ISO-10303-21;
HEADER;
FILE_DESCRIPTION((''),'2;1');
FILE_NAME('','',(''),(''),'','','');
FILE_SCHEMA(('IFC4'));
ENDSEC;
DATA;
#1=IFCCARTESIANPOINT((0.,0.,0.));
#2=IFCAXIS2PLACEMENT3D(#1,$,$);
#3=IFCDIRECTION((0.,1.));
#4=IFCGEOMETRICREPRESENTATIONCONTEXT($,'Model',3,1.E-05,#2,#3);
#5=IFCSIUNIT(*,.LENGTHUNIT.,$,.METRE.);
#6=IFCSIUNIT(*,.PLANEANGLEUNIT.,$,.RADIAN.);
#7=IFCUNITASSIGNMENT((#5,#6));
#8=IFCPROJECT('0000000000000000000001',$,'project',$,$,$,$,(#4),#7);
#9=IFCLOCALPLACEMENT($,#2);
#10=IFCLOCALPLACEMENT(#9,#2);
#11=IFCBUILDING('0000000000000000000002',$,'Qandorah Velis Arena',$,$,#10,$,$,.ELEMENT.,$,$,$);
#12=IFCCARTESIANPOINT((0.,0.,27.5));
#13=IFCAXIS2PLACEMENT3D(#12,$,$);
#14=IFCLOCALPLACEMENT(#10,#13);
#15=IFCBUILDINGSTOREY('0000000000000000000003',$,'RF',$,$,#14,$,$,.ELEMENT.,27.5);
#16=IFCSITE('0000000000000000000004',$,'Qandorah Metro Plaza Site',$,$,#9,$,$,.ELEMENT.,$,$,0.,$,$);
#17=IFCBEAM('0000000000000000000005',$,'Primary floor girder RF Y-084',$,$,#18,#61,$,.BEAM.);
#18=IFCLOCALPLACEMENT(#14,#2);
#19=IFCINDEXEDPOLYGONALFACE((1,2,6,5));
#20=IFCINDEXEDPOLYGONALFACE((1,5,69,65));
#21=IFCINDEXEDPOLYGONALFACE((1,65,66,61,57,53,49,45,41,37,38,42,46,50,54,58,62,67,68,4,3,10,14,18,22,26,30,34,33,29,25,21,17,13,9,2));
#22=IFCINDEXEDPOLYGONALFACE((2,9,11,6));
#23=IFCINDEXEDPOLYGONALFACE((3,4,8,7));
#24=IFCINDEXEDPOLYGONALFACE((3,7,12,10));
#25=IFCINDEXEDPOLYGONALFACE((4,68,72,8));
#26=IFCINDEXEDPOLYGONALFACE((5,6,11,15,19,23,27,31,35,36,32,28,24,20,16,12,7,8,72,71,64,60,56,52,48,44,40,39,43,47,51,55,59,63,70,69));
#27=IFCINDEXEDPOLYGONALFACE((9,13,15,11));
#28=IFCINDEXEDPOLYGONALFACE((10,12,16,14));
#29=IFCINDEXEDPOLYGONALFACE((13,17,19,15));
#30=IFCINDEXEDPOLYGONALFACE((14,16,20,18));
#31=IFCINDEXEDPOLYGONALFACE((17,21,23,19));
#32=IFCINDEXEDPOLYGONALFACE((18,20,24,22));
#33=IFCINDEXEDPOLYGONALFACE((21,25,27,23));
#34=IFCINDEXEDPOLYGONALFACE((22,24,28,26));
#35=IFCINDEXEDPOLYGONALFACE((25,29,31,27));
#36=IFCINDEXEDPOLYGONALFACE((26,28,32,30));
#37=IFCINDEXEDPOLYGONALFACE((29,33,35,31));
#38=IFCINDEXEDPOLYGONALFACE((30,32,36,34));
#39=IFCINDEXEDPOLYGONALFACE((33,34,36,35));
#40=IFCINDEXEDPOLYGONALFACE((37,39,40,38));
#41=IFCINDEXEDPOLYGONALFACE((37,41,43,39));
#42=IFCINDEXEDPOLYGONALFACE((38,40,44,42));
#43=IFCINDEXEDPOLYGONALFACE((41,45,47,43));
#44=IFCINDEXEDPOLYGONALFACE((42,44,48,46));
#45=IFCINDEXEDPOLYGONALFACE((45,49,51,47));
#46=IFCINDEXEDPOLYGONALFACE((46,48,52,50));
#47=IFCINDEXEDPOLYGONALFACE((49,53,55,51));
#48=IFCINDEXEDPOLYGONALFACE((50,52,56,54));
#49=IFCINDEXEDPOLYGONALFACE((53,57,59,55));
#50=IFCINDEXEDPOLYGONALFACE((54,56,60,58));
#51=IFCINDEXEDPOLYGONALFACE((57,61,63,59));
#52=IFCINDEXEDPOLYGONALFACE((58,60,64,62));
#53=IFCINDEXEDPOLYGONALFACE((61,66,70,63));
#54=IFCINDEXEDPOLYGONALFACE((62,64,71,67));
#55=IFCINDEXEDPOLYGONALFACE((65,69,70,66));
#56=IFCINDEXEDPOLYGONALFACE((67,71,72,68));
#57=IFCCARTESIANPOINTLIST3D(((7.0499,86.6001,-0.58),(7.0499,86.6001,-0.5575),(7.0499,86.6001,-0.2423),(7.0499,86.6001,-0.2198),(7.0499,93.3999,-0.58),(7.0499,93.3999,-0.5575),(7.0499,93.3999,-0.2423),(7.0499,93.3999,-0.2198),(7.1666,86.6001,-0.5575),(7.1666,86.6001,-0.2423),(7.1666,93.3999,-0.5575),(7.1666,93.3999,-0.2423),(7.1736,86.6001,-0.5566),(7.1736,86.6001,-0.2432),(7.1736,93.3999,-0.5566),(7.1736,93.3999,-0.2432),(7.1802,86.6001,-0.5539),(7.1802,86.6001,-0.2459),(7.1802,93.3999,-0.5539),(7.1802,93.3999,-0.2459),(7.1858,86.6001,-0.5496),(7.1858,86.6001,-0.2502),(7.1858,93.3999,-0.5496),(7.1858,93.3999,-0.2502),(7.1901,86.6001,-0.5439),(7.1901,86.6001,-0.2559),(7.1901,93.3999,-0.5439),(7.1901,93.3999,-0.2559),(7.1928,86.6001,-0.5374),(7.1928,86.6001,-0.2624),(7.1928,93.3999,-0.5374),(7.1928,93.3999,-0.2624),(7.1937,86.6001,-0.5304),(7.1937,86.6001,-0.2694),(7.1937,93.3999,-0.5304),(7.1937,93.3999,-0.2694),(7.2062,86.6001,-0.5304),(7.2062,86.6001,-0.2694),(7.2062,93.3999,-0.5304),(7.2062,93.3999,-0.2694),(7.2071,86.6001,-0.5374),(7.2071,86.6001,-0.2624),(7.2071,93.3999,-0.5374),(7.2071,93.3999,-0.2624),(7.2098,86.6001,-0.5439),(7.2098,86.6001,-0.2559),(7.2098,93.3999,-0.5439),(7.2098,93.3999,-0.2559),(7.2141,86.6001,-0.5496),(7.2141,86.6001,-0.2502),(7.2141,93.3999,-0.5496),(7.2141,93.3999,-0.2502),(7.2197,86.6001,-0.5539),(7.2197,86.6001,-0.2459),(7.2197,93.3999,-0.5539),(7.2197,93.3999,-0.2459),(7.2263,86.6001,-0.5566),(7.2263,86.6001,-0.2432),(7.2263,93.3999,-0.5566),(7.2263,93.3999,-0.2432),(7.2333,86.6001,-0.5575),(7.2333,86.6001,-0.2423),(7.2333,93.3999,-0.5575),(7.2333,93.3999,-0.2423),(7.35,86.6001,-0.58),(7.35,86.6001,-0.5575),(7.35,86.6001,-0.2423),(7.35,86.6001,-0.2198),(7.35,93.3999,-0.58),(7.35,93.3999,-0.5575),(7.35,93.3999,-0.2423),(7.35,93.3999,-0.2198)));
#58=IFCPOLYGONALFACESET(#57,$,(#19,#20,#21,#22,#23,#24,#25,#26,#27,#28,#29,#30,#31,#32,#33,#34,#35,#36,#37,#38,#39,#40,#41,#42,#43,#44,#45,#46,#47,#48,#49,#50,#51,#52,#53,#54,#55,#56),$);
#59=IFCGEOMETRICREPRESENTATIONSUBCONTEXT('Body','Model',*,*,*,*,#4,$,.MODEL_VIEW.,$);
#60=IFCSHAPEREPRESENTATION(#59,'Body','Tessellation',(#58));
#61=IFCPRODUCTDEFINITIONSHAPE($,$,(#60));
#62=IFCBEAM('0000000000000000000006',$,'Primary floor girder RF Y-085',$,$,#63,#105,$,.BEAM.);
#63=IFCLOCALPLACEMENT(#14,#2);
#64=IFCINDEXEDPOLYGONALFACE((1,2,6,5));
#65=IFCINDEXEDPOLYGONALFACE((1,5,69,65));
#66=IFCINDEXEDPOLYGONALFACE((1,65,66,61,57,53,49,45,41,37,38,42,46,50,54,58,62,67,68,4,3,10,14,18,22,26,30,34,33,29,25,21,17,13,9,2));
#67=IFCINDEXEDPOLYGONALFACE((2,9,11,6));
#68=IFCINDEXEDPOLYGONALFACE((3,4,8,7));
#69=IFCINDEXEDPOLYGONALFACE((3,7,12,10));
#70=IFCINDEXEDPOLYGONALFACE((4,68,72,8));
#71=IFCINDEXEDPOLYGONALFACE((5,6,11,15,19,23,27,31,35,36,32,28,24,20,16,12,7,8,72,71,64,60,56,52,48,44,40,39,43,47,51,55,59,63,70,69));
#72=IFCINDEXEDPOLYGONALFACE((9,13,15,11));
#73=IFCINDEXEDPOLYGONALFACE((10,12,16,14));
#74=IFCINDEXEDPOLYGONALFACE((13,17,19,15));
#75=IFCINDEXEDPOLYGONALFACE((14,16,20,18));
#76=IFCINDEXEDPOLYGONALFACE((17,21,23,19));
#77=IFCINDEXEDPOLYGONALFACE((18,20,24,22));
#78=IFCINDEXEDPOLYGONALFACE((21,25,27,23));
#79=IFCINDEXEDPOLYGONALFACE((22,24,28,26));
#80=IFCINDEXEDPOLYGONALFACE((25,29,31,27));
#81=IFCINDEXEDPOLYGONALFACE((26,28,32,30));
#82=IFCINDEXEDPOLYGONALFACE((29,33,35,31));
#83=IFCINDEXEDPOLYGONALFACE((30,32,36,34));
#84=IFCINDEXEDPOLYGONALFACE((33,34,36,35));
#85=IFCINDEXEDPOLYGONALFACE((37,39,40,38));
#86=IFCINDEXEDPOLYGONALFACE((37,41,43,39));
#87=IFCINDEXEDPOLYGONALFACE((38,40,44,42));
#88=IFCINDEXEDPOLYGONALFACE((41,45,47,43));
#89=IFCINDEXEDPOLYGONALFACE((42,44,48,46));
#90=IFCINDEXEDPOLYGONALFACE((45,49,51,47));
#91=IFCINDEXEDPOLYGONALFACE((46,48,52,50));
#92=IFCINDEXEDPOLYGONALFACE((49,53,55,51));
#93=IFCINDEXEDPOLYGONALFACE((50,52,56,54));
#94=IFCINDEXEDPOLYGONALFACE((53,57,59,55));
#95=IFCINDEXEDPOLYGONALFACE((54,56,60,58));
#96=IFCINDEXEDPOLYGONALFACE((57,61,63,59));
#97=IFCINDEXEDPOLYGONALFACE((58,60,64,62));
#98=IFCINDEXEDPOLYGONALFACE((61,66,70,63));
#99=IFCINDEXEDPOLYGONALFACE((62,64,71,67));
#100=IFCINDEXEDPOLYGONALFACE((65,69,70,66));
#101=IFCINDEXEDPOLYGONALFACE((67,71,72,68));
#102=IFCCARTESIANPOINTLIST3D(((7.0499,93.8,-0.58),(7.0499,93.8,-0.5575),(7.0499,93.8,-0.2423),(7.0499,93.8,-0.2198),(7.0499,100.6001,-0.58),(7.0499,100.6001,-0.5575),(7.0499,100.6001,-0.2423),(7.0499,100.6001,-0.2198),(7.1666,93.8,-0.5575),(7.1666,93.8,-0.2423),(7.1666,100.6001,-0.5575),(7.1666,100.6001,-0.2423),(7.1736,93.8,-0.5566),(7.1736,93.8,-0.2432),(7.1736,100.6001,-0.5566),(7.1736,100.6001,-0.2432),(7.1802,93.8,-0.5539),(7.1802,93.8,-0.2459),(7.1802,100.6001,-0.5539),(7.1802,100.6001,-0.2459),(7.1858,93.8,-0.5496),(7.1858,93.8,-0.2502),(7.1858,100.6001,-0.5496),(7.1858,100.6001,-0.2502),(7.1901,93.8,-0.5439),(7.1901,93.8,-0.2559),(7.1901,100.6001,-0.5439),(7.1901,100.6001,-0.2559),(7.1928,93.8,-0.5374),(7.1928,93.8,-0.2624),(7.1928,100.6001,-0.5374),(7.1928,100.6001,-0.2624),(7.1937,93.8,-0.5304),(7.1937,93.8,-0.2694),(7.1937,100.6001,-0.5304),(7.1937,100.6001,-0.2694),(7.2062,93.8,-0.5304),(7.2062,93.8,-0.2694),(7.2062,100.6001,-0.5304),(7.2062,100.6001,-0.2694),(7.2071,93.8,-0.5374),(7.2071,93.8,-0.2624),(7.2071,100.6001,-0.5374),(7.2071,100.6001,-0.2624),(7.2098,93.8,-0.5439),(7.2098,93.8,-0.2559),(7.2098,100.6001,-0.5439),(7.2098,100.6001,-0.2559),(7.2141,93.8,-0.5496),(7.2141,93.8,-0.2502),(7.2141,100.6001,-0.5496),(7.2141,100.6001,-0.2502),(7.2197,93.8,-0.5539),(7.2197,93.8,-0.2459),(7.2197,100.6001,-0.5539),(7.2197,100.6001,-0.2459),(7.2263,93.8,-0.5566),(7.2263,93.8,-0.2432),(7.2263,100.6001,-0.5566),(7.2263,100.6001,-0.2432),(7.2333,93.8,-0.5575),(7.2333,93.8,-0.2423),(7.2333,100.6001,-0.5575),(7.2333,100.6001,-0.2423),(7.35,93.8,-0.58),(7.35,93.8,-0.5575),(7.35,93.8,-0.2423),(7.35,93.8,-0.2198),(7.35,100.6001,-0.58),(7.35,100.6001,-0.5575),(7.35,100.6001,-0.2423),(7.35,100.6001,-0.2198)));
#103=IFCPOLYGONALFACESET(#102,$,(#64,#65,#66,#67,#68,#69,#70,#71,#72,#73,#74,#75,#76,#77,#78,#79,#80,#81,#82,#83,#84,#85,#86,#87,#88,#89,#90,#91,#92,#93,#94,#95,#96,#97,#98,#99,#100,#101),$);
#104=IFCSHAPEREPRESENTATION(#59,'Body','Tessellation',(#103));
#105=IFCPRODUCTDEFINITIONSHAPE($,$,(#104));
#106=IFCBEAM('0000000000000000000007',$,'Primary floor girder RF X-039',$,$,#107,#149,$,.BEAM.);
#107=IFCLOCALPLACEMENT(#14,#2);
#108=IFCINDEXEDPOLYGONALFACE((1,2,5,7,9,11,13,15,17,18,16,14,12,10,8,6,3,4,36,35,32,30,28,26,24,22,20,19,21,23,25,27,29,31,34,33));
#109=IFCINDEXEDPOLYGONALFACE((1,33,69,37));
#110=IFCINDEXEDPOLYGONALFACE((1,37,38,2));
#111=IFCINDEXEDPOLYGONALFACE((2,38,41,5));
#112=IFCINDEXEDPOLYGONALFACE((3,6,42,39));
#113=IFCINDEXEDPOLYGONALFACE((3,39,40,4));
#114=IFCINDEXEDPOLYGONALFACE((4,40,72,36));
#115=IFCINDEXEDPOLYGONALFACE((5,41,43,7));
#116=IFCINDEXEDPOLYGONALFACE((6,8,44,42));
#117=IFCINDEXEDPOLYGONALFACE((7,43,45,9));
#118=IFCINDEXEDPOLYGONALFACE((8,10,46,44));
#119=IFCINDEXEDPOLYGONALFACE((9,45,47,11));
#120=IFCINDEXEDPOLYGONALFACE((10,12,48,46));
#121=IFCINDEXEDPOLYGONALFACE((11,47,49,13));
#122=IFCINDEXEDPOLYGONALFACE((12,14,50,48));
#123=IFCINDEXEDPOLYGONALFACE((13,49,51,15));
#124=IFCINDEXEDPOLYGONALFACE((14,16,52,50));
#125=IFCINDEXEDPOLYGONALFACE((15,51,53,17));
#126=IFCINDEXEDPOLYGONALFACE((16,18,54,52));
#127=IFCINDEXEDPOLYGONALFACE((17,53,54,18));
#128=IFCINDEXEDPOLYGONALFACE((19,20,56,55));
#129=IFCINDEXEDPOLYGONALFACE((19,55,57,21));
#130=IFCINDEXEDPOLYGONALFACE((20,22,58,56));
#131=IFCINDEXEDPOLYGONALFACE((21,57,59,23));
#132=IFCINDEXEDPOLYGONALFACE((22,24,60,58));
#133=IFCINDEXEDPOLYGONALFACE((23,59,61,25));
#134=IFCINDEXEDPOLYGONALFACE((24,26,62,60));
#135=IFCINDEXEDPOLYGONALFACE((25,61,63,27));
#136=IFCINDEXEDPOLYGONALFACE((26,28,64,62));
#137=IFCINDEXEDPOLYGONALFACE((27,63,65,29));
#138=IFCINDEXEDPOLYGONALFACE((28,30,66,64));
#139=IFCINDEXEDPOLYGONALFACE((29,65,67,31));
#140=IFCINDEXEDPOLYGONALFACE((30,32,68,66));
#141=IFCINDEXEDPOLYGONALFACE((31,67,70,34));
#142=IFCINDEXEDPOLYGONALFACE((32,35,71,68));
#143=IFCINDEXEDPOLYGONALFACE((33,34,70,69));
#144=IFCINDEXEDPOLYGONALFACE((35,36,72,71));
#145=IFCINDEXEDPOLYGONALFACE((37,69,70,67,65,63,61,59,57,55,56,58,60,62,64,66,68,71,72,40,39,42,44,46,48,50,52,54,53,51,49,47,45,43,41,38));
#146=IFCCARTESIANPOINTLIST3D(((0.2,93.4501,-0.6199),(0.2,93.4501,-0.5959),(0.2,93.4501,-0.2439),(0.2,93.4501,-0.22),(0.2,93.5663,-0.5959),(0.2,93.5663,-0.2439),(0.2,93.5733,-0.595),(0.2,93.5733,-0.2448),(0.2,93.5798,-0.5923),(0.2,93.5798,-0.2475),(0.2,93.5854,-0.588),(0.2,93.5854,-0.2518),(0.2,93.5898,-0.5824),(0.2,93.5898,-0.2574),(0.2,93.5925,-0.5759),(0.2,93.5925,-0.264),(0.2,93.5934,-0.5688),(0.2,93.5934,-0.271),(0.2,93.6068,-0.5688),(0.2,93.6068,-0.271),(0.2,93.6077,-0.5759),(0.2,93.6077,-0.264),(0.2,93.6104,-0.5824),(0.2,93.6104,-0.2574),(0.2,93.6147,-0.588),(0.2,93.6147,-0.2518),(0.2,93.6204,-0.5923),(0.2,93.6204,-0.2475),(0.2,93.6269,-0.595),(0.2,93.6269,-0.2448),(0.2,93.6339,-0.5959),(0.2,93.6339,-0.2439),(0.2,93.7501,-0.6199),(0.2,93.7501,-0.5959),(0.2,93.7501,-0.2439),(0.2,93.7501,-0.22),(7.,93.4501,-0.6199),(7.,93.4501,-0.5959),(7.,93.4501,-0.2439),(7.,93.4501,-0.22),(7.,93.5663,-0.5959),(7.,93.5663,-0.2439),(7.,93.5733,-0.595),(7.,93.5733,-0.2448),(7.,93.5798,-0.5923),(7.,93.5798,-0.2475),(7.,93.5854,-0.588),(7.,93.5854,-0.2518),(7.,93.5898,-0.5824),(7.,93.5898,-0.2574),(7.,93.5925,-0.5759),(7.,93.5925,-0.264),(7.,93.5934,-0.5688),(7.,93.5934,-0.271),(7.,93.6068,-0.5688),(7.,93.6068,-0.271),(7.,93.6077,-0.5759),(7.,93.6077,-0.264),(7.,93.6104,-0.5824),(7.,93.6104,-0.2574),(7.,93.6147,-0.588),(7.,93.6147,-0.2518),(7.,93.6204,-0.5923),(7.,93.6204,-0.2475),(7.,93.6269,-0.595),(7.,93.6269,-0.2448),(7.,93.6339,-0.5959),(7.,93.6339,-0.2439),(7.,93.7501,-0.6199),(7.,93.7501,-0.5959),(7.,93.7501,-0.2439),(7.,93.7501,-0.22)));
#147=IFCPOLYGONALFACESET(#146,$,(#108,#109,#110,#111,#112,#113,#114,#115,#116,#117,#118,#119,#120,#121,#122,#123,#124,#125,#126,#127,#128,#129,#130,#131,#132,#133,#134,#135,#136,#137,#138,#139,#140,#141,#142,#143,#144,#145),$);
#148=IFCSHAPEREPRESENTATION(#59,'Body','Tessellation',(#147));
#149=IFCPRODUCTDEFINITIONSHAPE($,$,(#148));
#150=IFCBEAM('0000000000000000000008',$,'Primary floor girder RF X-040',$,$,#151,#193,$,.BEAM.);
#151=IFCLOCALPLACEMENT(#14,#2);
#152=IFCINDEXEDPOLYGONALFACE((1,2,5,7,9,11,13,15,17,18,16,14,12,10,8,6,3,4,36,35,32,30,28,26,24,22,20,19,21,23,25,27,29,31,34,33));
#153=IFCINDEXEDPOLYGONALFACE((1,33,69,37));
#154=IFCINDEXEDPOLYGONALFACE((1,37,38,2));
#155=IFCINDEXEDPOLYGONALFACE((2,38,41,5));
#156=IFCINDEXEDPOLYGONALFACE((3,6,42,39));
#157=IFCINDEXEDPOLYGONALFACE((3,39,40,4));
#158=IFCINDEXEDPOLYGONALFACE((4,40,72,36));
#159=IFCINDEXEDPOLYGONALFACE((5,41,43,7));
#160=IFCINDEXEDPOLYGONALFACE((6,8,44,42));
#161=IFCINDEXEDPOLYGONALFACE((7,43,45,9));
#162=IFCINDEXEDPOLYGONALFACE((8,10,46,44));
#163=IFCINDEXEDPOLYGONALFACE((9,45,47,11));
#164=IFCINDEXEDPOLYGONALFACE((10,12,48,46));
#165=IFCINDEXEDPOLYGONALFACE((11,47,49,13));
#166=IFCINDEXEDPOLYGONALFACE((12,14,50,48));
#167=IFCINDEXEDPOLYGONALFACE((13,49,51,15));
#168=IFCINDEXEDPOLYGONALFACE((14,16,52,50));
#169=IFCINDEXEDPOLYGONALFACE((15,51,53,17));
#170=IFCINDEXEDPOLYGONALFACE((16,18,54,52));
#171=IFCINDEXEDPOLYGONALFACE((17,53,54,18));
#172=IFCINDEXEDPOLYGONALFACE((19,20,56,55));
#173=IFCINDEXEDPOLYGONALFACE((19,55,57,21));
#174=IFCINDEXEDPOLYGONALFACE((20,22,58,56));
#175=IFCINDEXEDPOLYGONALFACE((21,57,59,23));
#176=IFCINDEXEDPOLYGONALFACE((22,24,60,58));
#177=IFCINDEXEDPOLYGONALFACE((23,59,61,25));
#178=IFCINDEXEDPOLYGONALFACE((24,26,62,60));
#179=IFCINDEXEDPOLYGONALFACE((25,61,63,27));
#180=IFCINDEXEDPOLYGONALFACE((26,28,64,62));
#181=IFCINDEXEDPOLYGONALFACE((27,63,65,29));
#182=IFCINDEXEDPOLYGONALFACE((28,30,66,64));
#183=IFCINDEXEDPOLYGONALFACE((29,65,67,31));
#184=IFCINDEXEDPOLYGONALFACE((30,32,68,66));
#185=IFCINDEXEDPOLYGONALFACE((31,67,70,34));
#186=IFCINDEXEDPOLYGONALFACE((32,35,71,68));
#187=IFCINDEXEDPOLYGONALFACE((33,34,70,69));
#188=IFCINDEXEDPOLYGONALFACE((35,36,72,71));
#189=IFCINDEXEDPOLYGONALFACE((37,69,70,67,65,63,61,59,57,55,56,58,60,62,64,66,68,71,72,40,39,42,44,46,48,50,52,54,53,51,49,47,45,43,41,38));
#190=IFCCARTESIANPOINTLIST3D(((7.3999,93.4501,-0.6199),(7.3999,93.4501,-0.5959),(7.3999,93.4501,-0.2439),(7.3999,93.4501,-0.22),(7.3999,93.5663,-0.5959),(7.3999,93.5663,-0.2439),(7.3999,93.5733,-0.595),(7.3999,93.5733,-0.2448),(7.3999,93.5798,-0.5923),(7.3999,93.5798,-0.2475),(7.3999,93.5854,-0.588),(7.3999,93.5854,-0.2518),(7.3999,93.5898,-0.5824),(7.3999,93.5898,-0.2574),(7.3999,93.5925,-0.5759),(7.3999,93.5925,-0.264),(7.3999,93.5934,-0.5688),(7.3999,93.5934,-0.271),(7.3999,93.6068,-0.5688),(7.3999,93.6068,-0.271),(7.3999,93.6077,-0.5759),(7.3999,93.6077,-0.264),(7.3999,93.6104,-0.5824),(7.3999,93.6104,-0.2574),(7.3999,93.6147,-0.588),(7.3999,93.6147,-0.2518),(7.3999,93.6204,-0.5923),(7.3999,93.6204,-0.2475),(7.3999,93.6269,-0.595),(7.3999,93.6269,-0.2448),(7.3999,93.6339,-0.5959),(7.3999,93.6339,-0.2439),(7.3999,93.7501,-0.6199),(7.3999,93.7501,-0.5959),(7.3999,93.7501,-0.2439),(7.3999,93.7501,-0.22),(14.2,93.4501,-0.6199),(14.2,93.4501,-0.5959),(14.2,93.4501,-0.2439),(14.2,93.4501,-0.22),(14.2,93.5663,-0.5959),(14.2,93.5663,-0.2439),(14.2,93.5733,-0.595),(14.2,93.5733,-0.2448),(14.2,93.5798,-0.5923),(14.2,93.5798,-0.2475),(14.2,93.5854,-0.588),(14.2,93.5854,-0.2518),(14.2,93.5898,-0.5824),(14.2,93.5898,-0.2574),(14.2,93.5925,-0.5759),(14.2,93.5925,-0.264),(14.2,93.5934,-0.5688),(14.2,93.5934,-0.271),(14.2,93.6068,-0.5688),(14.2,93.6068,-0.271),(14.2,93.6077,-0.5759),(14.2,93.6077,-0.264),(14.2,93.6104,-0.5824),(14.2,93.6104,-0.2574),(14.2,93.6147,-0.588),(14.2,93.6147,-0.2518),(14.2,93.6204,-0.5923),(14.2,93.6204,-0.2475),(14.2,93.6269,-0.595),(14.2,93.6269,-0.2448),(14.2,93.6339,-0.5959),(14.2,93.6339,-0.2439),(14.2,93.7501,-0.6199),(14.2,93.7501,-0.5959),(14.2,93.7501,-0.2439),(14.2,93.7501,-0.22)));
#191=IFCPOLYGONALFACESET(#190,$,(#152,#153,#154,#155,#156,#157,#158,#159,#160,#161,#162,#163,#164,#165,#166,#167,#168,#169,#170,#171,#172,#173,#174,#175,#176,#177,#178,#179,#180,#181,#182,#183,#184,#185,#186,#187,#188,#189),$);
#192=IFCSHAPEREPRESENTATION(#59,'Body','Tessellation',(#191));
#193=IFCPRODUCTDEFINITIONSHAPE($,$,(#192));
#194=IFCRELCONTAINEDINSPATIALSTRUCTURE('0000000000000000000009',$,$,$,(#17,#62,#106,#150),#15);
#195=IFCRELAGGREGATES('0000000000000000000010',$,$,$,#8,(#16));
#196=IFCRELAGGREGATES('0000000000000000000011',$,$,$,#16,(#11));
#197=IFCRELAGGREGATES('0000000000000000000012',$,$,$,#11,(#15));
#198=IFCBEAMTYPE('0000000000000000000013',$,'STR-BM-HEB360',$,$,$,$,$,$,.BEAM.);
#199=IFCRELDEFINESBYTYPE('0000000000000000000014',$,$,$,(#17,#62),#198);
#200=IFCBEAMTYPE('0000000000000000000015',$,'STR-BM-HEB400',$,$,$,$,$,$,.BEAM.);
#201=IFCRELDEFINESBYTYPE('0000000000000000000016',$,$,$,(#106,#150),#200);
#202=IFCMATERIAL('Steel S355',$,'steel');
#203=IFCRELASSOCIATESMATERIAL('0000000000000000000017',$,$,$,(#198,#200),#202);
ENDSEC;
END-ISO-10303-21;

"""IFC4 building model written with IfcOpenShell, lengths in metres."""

from ifc_helpers import new_model, si_unit, direction, frame, origin, origin_2d, place, context, subcontext, project, spatial, i_section, extrude, material, material_profile, profile_set, type_object, element, save


model = new_model("IFC4")

# Units and contexts
model_context = context("Model", 3, precision=1e-05, world=origin(), true_north=direction((0.0, 1.0)))
body_context = subcontext(model_context, "Body", "Model", "MODEL_VIEW")
ifc_project = project(units=[si_unit("LENGTHUNIT", "METRE"), si_unit("PLANEANGLEUNIT", "RADIAN")], contexts=[model_context])

# Site, building, storey
site_placement = place(None, origin())
site = spatial("IfcSite", under=ifc_project, at=site_placement, Name="Qandorah Metro Plaza Site", CompositionType="ELEMENT", RefElevation=0.0)
building_placement = place(site_placement, origin())
building = spatial("IfcBuilding", under=site, at=building_placement, Name="Qandorah Velis Arena", CompositionType="ELEMENT")
storey_placement = place(building_placement, frame((0.0, 0.0, 27.5)))
storey = spatial("IfcBuildingStorey", under=building, at=storey_placement, Name="RF", CompositionType="ELEMENT", Elevation=27.5)

# Beams
ifc_material_1 = material(Name="Steel S355", Category="steel")
ifc_material_profile_1 = material_profile(ifc_material_1, i_section(OverallWidth=0.3, OverallDepth=0.3601, WebThickness=0.0125, FlangeThickness=0.0225, FilletRadius=0.0271, at=origin_2d()), Name="HEB 360")
ifc_profile_set_1 = profile_set([ifc_material_profile_1], Name="Steel S355")
beam_type_1 = type_object("IfcBeamType", Name="STR-BM-HEB360", PredefinedType="BEAM", material=ifc_profile_set_1)
beam_1_placement = place(storey_placement, frame((7.2, 86.6001, -0.3999), z_axis=(0.0, 1.0, 0.0), x_axis=(-1.0, 0.0, 0.0)))
element("IfcBeam", 1, at=beam_1_placement, inside=storey, type_object=beam_type_1, Name="Primary floor girder RF Y-084", PredefinedType="BEAM", context=body_context, shape_type="SweptSolid", body=[
    extrude(i_section(OverallWidth=0.3, OverallDepth=0.3601, WebThickness=0.0125, FlangeThickness=0.0225, FilletRadius=0.0271, at=origin_2d()), origin(), (0.0, 0.0, 1.0), 6.7998),
])
beam_2_placement = place(storey_placement, frame((7.2, 93.8, -0.3999), z_axis=(0.0, 1.0, 0.0), x_axis=(-1.0, 0.0, 0.0)))
element("IfcBeam", 2, at=beam_2_placement, inside=storey, type_object=beam_type_1, Name="Primary floor girder RF Y-085", PredefinedType="BEAM", context=body_context, shape_type="SweptSolid", body=[
    extrude(i_section(OverallWidth=0.3, OverallDepth=0.3601, WebThickness=0.0125, FlangeThickness=0.0225, FilletRadius=0.0271, at=origin_2d()), origin(), (0.0, 0.0, 1.0), 6.8),
])
ifc_material_profile_2 = material_profile(ifc_material_1, i_section(OverallWidth=0.3, OverallDepth=0.3999, WebThickness=0.0134, FlangeThickness=0.0239, FilletRadius=0.0271, at=origin_2d()), Name="HEB 400")
ifc_profile_set_2 = profile_set([ifc_material_profile_2], Name="Steel S355")
beam_type_2 = type_object("IfcBeamType", Name="STR-BM-HEB400", PredefinedType="BEAM", material=ifc_profile_set_2)
for number, where, z_axis, x_axis, name in (
    (3, (0.2, 93.6001, -0.4199), (1.0, 0.0, 0.0), (0.0, 1.0, 0.0), "Primary floor girder RF X-039"),
    (4, (7.3999, 93.6001, -0.4199), (1.0, 0.0, 0.0), (0.0, 1.0, 0.0), "Primary floor girder RF X-040"),
):
    element("IfcBeam", number, at=place(storey_placement, frame(where, z_axis=z_axis, x_axis=x_axis)), inside=storey, type_object=beam_type_2, Name=name, PredefinedType="BEAM", context=body_context, shape_type="SweptSolid", body=[
        extrude(i_section(OverallWidth=0.3, OverallDepth=0.3999, WebThickness=0.0134, FlangeThickness=0.0239, FilletRadius=0.0271, at=origin_2d()), origin(), (0.0, 0.0, 1.0), 6.8),
    ])

save(model, "model.ifc")
